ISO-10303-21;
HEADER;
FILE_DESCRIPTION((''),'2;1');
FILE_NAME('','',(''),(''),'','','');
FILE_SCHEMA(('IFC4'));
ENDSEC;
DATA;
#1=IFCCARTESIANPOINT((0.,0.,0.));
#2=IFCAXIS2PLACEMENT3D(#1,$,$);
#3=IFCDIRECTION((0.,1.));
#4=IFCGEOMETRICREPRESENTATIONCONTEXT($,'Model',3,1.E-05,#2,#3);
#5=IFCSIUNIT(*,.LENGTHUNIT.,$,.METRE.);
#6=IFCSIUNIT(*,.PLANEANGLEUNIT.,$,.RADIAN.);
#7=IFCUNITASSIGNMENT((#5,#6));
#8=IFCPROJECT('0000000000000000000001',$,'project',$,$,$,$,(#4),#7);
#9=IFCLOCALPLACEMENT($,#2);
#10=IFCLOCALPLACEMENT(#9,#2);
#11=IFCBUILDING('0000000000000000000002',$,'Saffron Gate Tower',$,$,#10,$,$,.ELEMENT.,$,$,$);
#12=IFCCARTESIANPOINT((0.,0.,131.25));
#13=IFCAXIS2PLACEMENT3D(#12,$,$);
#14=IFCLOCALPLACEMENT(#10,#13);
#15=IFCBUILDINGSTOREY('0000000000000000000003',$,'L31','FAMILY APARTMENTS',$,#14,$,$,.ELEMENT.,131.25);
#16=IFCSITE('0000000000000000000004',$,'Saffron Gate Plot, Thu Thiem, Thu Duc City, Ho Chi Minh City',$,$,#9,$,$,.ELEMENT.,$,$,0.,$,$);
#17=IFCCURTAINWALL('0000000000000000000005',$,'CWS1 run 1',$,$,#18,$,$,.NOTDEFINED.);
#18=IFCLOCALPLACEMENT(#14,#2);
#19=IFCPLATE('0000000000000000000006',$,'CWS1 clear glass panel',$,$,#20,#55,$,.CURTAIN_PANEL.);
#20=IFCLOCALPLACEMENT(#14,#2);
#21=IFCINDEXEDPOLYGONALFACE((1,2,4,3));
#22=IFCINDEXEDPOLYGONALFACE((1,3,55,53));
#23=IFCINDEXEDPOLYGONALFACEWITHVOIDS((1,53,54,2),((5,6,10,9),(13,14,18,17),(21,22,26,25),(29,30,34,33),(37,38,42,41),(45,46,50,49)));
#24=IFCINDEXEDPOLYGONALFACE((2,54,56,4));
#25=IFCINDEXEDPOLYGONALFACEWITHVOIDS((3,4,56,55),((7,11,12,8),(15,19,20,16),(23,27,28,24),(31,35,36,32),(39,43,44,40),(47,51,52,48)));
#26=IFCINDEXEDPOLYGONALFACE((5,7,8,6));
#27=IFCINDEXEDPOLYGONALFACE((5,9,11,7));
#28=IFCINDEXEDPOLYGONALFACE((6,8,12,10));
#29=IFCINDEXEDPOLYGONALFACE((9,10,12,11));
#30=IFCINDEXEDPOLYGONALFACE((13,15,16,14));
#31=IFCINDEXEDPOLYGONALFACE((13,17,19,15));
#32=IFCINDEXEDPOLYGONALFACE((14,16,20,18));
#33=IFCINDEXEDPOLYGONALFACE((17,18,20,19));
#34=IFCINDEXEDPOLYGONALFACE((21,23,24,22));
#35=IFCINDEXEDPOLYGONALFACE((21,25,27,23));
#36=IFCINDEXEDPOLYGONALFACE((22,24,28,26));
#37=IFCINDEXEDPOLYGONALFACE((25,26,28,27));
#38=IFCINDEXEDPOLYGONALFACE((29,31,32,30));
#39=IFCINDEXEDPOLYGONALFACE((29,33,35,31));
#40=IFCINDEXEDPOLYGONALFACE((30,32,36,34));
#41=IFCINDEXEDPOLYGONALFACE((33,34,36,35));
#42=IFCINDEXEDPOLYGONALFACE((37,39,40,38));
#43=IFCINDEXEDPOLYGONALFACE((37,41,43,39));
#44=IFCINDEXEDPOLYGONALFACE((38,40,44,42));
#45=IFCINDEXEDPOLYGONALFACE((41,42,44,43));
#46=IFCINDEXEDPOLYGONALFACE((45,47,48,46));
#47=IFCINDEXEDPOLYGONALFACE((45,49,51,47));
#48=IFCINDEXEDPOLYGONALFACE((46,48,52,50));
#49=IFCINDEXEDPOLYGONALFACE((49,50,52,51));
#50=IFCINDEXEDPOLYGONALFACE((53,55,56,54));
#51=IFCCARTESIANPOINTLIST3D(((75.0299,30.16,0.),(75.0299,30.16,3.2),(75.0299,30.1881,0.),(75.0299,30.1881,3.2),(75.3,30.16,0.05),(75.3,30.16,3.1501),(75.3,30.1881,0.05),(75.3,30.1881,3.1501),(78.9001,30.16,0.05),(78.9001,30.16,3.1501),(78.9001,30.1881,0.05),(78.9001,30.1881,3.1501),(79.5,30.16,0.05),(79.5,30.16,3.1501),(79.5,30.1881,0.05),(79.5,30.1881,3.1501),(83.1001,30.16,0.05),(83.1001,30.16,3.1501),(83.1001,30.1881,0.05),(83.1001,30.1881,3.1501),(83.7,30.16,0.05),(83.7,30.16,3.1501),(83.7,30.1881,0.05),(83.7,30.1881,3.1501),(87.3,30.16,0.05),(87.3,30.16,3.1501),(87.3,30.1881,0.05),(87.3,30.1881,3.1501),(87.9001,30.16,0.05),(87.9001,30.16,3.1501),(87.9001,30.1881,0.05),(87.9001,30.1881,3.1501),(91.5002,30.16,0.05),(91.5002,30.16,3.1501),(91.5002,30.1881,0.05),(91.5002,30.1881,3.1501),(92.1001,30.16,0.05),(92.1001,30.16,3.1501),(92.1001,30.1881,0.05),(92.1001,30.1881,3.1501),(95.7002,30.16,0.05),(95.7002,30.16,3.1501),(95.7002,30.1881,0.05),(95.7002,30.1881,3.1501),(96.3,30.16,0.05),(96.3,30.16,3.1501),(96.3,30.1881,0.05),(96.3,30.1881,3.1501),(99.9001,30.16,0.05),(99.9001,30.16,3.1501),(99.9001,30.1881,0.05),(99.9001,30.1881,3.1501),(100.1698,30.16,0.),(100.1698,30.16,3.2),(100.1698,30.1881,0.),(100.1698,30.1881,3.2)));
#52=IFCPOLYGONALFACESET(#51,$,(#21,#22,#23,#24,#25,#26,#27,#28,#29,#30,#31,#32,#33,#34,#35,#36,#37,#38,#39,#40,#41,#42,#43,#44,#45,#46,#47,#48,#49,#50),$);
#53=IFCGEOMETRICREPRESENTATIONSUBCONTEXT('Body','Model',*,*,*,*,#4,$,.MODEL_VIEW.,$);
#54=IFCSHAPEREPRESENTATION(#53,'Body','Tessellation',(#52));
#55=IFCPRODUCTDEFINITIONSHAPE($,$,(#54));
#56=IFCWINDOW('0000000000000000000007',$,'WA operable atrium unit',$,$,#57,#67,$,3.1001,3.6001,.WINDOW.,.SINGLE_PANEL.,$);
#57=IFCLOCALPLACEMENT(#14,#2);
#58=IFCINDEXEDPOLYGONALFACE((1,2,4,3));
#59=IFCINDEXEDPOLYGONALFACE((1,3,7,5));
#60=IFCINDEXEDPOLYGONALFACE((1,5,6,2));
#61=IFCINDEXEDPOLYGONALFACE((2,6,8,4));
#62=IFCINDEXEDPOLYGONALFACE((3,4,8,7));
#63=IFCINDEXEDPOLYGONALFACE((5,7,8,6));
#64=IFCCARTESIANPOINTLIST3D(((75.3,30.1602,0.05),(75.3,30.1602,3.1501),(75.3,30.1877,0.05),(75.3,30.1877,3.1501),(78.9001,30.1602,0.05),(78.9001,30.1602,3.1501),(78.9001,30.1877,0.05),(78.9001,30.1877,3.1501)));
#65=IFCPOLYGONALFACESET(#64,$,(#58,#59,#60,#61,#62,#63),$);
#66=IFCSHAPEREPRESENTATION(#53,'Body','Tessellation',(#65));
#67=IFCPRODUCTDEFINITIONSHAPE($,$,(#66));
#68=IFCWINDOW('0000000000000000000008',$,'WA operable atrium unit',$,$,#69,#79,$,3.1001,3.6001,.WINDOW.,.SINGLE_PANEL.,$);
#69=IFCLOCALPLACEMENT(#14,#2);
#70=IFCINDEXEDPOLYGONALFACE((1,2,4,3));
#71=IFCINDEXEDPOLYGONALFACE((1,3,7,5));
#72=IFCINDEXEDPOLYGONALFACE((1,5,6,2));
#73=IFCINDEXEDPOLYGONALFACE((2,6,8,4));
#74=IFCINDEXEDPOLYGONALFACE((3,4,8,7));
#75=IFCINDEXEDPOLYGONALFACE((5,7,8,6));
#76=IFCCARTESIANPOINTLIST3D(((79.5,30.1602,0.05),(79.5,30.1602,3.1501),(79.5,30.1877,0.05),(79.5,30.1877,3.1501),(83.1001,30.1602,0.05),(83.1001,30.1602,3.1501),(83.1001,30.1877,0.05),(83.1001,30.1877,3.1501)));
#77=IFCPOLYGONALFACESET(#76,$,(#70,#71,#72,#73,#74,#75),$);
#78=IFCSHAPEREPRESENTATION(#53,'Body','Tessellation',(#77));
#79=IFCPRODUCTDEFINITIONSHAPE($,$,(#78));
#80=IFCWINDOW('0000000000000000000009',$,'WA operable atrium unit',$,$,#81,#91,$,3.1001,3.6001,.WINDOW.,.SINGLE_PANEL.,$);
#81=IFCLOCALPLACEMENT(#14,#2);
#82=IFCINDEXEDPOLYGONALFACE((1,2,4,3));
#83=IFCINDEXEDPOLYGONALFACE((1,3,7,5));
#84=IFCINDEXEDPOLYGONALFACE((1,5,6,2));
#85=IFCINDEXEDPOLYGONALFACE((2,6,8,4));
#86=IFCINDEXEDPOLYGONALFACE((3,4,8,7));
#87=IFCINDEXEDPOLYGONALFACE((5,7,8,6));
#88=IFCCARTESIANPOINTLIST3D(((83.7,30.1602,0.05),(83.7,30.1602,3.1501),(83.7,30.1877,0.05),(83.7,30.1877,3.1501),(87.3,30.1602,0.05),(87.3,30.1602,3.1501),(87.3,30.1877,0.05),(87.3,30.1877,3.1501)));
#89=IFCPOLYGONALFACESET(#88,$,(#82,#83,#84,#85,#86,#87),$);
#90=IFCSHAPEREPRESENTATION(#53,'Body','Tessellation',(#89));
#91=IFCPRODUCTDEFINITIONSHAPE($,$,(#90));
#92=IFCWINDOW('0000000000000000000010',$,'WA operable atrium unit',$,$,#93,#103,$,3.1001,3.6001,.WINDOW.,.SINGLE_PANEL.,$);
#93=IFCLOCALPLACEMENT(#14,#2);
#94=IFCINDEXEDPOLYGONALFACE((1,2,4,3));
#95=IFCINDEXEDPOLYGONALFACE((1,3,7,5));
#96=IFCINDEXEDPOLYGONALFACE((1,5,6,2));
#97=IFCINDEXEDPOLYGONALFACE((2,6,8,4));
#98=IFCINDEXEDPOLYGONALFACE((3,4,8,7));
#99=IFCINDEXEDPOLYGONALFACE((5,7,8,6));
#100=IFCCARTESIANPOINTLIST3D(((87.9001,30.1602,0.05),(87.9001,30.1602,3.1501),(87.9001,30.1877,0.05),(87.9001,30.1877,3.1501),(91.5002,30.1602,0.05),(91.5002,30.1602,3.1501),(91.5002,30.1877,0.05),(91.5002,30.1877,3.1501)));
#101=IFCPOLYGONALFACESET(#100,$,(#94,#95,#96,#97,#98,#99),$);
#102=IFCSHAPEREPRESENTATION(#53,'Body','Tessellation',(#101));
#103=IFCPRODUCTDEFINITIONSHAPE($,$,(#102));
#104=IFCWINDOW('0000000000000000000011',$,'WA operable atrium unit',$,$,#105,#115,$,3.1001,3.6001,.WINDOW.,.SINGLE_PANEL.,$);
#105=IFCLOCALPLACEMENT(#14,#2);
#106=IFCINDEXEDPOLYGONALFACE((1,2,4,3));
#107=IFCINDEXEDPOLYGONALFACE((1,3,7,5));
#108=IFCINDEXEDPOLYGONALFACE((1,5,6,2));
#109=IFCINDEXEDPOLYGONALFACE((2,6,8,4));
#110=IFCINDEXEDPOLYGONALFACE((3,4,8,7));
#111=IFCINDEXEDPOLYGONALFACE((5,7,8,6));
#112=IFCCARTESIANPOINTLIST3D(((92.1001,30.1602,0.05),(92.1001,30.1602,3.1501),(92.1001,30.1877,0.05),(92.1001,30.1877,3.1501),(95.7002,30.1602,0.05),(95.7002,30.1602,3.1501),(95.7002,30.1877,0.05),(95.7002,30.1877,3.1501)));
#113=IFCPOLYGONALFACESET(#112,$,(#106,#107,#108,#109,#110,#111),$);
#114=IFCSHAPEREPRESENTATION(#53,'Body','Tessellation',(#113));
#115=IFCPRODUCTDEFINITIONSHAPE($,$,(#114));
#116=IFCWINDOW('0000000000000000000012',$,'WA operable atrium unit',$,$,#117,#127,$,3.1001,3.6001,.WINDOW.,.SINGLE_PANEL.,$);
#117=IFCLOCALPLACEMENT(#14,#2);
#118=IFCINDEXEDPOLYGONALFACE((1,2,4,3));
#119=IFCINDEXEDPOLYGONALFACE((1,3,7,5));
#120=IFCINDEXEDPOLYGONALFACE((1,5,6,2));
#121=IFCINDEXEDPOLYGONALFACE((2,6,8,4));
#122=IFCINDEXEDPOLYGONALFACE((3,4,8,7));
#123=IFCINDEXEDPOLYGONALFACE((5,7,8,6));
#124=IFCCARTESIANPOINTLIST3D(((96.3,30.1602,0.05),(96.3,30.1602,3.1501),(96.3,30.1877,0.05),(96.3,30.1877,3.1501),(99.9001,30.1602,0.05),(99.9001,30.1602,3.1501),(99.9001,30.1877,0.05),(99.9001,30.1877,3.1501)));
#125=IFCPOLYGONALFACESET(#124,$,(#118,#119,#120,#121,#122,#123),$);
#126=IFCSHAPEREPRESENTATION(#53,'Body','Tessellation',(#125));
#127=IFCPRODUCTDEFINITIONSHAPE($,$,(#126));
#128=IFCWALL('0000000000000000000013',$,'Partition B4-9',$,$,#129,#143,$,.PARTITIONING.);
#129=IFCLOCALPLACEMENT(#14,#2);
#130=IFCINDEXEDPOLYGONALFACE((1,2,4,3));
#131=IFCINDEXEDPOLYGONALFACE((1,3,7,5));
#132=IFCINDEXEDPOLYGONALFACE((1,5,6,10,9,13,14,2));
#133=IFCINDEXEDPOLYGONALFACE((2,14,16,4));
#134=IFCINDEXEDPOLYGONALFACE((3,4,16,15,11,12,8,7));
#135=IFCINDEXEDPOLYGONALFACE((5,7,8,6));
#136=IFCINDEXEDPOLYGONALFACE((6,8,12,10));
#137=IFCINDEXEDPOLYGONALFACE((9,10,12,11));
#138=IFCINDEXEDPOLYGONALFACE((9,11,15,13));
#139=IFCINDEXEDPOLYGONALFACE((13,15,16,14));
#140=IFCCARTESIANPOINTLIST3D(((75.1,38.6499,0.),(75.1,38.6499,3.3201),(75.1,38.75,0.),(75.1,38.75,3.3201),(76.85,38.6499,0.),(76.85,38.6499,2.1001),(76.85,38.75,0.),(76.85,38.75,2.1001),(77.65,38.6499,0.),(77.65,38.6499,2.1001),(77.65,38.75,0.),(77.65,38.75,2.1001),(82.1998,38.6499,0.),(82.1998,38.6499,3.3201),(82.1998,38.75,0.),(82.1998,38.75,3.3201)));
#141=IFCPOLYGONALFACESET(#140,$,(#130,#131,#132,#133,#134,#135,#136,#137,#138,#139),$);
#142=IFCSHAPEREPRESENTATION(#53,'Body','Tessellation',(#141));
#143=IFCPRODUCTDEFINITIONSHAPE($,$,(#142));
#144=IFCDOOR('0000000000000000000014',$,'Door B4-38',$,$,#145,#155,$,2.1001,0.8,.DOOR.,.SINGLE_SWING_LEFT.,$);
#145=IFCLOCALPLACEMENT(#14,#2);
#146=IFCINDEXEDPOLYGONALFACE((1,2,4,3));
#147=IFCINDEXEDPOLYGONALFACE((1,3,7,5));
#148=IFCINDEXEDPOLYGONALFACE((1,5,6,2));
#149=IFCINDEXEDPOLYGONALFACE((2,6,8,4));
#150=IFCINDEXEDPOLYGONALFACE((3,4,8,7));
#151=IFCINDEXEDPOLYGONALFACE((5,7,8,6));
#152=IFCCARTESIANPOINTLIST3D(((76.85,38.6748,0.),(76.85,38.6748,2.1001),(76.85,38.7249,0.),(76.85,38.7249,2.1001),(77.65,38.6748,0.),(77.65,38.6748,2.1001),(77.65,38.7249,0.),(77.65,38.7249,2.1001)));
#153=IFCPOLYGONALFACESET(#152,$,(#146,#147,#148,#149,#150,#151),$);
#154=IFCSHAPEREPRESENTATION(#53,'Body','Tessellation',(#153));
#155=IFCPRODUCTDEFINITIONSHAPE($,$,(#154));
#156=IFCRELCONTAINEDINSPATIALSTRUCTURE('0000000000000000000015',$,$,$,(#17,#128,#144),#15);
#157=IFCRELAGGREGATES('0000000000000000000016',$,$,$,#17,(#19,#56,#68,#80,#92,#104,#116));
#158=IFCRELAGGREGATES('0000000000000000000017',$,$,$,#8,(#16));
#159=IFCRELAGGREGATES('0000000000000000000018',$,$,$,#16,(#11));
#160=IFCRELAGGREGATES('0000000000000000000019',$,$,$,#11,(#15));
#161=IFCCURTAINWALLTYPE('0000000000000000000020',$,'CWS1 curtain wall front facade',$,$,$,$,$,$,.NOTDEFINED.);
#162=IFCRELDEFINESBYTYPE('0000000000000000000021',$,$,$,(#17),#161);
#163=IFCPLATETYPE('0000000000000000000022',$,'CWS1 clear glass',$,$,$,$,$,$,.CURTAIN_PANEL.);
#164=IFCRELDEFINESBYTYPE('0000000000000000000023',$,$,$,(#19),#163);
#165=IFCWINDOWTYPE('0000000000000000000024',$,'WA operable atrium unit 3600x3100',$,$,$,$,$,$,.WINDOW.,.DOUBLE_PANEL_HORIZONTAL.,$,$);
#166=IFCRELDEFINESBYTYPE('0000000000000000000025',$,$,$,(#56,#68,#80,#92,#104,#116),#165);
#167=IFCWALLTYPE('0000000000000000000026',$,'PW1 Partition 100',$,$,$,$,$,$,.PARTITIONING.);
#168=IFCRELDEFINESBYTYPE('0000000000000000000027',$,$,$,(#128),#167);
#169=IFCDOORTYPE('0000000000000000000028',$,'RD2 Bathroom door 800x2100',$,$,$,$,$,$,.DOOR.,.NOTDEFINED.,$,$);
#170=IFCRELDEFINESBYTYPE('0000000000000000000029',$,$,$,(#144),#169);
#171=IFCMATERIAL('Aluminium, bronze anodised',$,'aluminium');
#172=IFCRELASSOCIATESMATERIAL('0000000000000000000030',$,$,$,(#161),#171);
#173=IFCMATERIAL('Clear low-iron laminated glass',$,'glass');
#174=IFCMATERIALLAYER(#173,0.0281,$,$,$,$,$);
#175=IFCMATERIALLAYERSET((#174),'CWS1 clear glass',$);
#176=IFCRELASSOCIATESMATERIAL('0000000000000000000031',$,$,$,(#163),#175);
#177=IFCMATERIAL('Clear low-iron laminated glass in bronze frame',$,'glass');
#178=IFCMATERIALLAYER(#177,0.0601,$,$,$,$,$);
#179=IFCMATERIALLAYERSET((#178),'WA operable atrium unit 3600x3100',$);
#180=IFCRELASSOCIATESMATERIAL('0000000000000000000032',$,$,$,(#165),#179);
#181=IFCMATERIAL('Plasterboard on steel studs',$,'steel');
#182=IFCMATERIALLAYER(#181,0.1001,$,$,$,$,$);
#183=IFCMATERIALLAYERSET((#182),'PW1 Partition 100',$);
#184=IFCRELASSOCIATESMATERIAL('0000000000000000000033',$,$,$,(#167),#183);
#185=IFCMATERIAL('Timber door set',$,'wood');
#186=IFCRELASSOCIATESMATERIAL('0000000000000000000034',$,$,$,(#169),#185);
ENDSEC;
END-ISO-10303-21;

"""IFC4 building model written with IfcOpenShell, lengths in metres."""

from ifc_helpers import new_model, si_unit, direction, frame, frame_2d, origin, place, context, subcontext, project, spatial, rectangle, extrude, material, layer, layer_set, type_object, element, fill, aggregate, save


model = new_model("IFC4")

# Units and contexts
model_context = context("Model", 3, precision=1e-05, world=origin(), true_north=direction((0.0, 1.0)))
body_context = subcontext(model_context, "Body", "Model", "MODEL_VIEW")
ifc_project = project(units=[si_unit("LENGTHUNIT", "METRE"), si_unit("PLANEANGLEUNIT", "RADIAN")], contexts=[model_context])

# Site, building, storey
site_placement = place(None, origin())
site = spatial("IfcSite", under=ifc_project, at=site_placement, Name="Saffron Gate Plot, Thu Thiem, Thu Duc City, Ho Chi Minh City", CompositionType="ELEMENT", RefElevation=0.0)
building_placement = place(site_placement, origin())
building = spatial("IfcBuilding", under=site, at=building_placement, Name="Saffron Gate Tower", CompositionType="ELEMENT")
storey_placement = place(building_placement, frame((0.0, 0.0, 131.25)))
storey = spatial("IfcBuildingStorey", under=building, at=storey_placement, Name="L31", Description="FAMILY APARTMENTS", CompositionType="ELEMENT", Elevation=131.25)

# Curtain wall, plate, openings, windows
ifc_material_1 = material(Name="Aluminium, bronze anodised", Category="aluminium")
curtain_wall_type = type_object("IfcCurtainWallType", Name="CWS1 curtain wall front facade", PredefinedType="NOTDEFINED", material=ifc_material_1)
curtain_wall_placement = place(storey_placement, origin())
curtain_wall = element("IfcCurtainWall", 1, at=curtain_wall_placement, inside=storey, type_object=curtain_wall_type, Name="CWS1 run 1", PredefinedType="NOTDEFINED")
ifc_material_2 = material(Name="Clear low-iron laminated glass", Category="glass")
ifc_layer_1 = layer(ifc_material_2, 0.0281)
ifc_layer_set_1 = layer_set([ifc_layer_1], Name="CWS1 clear glass")
plate_type = type_object("IfcPlateType", Name="CWS1 clear glass", PredefinedType="CURTAIN_PANEL", material=ifc_layer_set_1)
plate_placement = place(storey_placement, frame((75.03, 30.1741, 0.0), z_axis=(0.0, 0.0, 1.0), x_axis=(1.0, 0.0, 0.0)))
plate = element("IfcPlate", 2, at=plate_placement, type_object=plate_type, Name="CWS1 clear glass panel", PredefinedType="CURTAIN_PANEL", context=body_context, shape_type="SweptSolid", body=[
    extrude(rectangle(XDim=25.1399, YDim=0.0281, at=frame_2d((12.5698, 0.0))), origin(), (0.0, 0.0, 1.0), 3.2),
])
opening_1_placement = place(plate_placement, frame((0.27, 0.0, 0.05)))
opening_1 = element("IfcOpeningElement", 3, at=opening_1_placement, cuts=plate, PredefinedType="OPENING", context=body_context, shape_type="SweptSolid", body=[
    extrude(rectangle(XDim=3.6001, YDim=3.1001, at=frame_2d((1.8, 1.55))), frame((0.0, 0.0239, 0.0), z_axis=(0.0, -1.0, 0.0), x_axis=(1.0, 0.0, 0.0)), (0.0, 0.0, 1.0), 0.0481),
])
opening_2_placement = place(plate_placement, frame((4.47, 0.0, 0.05)))
opening_2 = element("IfcOpeningElement", 4, at=opening_2_placement, cuts=plate, PredefinedType="OPENING", context=body_context, shape_type="SweptSolid", body=[
    extrude(rectangle(XDim=3.6001, YDim=3.1001, at=frame_2d((1.8, 1.55))), frame((0.0, 0.0239, 0.0), z_axis=(0.0, -1.0, 0.0), x_axis=(1.0, 0.0, 0.0)), (0.0, 0.0, 1.0), 0.0481),
])
opening_3_placement = place(plate_placement, frame((8.6699, 0.0, 0.05)))
opening_3 = element("IfcOpeningElement", 5, at=opening_3_placement, cuts=plate, PredefinedType="OPENING", context=body_context, shape_type="SweptSolid", body=[
    extrude(rectangle(XDim=3.6001, YDim=3.1001, at=frame_2d((1.8, 1.55))), frame((0.0, 0.0239, 0.0), z_axis=(0.0, -1.0, 0.0), x_axis=(1.0, 0.0, 0.0)), (0.0, 0.0, 1.0), 0.0481),
])
opening_4_placement = place(plate_placement, frame((12.8701, 0.0, 0.05)))
opening_4 = element("IfcOpeningElement", 6, at=opening_4_placement, cuts=plate, PredefinedType="OPENING", context=body_context, shape_type="SweptSolid", body=[
    extrude(rectangle(XDim=3.6001, YDim=3.1001, at=frame_2d((1.8, 1.55))), frame((0.0, 0.0239, 0.0), z_axis=(0.0, -1.0, 0.0), x_axis=(1.0, 0.0, 0.0)), (0.0, 0.0, 1.0), 0.0481),
])
opening_5_placement = place(plate_placement, frame((17.0701, 0.0, 0.05)))
opening_5 = element("IfcOpeningElement", 7, at=opening_5_placement, cuts=plate, PredefinedType="OPENING", context=body_context, shape_type="SweptSolid", body=[
    extrude(rectangle(XDim=3.6001, YDim=3.1001, at=frame_2d((1.8, 1.55))), frame((0.0, 0.0239, 0.0), z_axis=(0.0, -1.0, 0.0), x_axis=(1.0, 0.0, 0.0)), (0.0, 0.0, 1.0), 0.0481),
])
opening_6_placement = place(plate_placement, frame((21.27, 0.0, 0.05)))
opening_6 = element("IfcOpeningElement", 8, at=opening_6_placement, cuts=plate, PredefinedType="OPENING", context=body_context, shape_type="SweptSolid", body=[
    extrude(rectangle(XDim=3.6001, YDim=3.1001, at=frame_2d((1.8, 1.55))), frame((0.0, 0.0239, 0.0), z_axis=(0.0, -1.0, 0.0), x_axis=(1.0, 0.0, 0.0)), (0.0, 0.0, 1.0), 0.0481),
])
ifc_material_3 = material(Name="Clear low-iron laminated glass in bronze frame", Category="glass")
ifc_layer_2 = layer(ifc_material_3, 0.0601)
ifc_layer_set_2 = layer_set([ifc_layer_2], Name="WA operable atrium unit 3600x3100")
window_type = type_object("IfcWindowType", Name="WA operable atrium unit 3600x3100", PartitioningType="DOUBLE_PANEL_HORIZONTAL", PredefinedType="WINDOW", material=ifc_layer_set_2)
window_1_placement = place(opening_1_placement, origin())
window_1 = element("IfcWindow", 9, at=window_1_placement, type_object=window_type, Name="WA operable atrium unit", OverallHeight=3.1001, OverallWidth=3.6001, PartitioningType="SINGLE_PANEL", PredefinedType="WINDOW", context=body_context, shape_type="SweptSolid", body=[
    extrude(rectangle(XDim=3.6001, YDim=3.1001, at=frame_2d((1.8, 1.55))), frame((0.0, 0.0137, 0.0), z_axis=(0.0, -1.0, 0.0), x_axis=(1.0, 0.0, 0.0)), (0.0, 0.0, 1.0), 0.0276),
])
fill(opening_1, window_1)
window_2_placement = place(opening_2_placement, origin())
window_2 = element("IfcWindow", 10, at=window_2_placement, type_object=window_type, Name="WA operable atrium unit", OverallHeight=3.1001, OverallWidth=3.6001, PartitioningType="SINGLE_PANEL", PredefinedType="WINDOW", context=body_context, shape_type="SweptSolid", body=[
    extrude(rectangle(XDim=3.6001, YDim=3.1001, at=frame_2d((1.8, 1.55))), frame((0.0, 0.0137, 0.0), z_axis=(0.0, -1.0, 0.0), x_axis=(1.0, 0.0, 0.0)), (0.0, 0.0, 1.0), 0.0276),
])
fill(opening_2, window_2)
window_3_placement = place(opening_3_placement, origin())
window_3 = element("IfcWindow", 11, at=window_3_placement, type_object=window_type, Name="WA operable atrium unit", OverallHeight=3.1001, OverallWidth=3.6001, PartitioningType="SINGLE_PANEL", PredefinedType="WINDOW", context=body_context, shape_type="SweptSolid", body=[
    extrude(rectangle(XDim=3.6001, YDim=3.1001, at=frame_2d((1.8, 1.55))), frame((0.0, 0.0137, 0.0), z_axis=(0.0, -1.0, 0.0), x_axis=(1.0, 0.0, 0.0)), (0.0, 0.0, 1.0), 0.0276),
])
fill(opening_3, window_3)
window_4_placement = place(opening_4_placement, origin())
window_4 = element("IfcWindow", 12, at=window_4_placement, type_object=window_type, Name="WA operable atrium unit", OverallHeight=3.1001, OverallWidth=3.6001, PartitioningType="SINGLE_PANEL", PredefinedType="WINDOW", context=body_context, shape_type="SweptSolid", body=[
    extrude(rectangle(XDim=3.6001, YDim=3.1001, at=frame_2d((1.8, 1.55))), frame((0.0, 0.0137, 0.0), z_axis=(0.0, -1.0, 0.0), x_axis=(1.0, 0.0, 0.0)), (0.0, 0.0, 1.0), 0.0276),
])
fill(opening_4, window_4)
window_5_placement = place(opening_5_placement, origin())
window_5 = element("IfcWindow", 13, at=window_5_placement, type_object=window_type, Name="WA operable atrium unit", OverallHeight=3.1001, OverallWidth=3.6001, PartitioningType="SINGLE_PANEL", PredefinedType="WINDOW", context=body_context, shape_type="SweptSolid", body=[
    extrude(rectangle(XDim=3.6001, YDim=3.1001, at=frame_2d((1.8, 1.55))), frame((0.0, 0.0137, 0.0), z_axis=(0.0, -1.0, 0.0), x_axis=(1.0, 0.0, 0.0)), (0.0, 0.0, 1.0), 0.0276),
])
fill(opening_5, window_5)
window_6_placement = place(opening_6_placement, origin())
window_6 = element("IfcWindow", 14, at=window_6_placement, type_object=window_type, Name="WA operable atrium unit", OverallHeight=3.1001, OverallWidth=3.6001, PartitioningType="SINGLE_PANEL", PredefinedType="WINDOW", context=body_context, shape_type="SweptSolid", body=[
    extrude(rectangle(XDim=3.6001, YDim=3.1001, at=frame_2d((1.8, 1.55))), frame((0.0, 0.0137, 0.0), z_axis=(0.0, -1.0, 0.0), x_axis=(1.0, 0.0, 0.0)), (0.0, 0.0, 1.0), 0.0276),
])
fill(opening_6, window_6)
aggregate(curtain_wall, [plate, window_1, window_2, window_3, window_4, window_5, window_6])

# Wall, opening, door
ifc_material_4 = material(Name="Plasterboard on steel studs", Category="steel")
ifc_layer_3 = layer(ifc_material_4, 0.1001)
ifc_layer_set_3 = layer_set([ifc_layer_3], Name="PW1 Partition 100")
wall_type_1 = type_object("IfcWallType", Name="PW1 Partition 100", PredefinedType="PARTITIONING", material=ifc_layer_set_3)
wall_1_placement = place(storey_placement, frame((75.1001, 38.7, 0.0), z_axis=(0.0, 0.0, 1.0), x_axis=(1.0, 0.0, 0.0)))
wall_1 = element("IfcWall", 15, at=wall_1_placement, inside=storey, type_object=wall_type_1, Name="Partition B4-9", PredefinedType="PARTITIONING", context=body_context, shape_type="SweptSolid", body=[
    extrude(rectangle(XDim=7.0999, YDim=0.1001, at=frame_2d((3.5498, 0.0))), origin(), (0.0, 0.0, 1.0), 3.3201),
])
opening_7_placement = place(wall_1_placement, frame((1.75, 0.0, 0.0)))
opening_7 = element("IfcOpeningElement", 16, at=opening_7_placement, cuts=wall_1, PredefinedType="OPENING", context=body_context, shape_type="SweptSolid", body=[
    extrude(rectangle(XDim=0.8, YDim=2.1001, at=frame_2d((0.3999, 1.05))), frame((0.0, 0.0601, 0.0), z_axis=(0.0, -1.0, 0.0), x_axis=(1.0, 0.0, 0.0)), (0.0, 0.0, 1.0), 0.1201),
])
ifc_material_5 = material(Name="Timber door set", Category="wood")
door_type = type_object("IfcDoorType", Name="RD2 Bathroom door 800x2100", OperationType="NOTDEFINED", PredefinedType="DOOR", material=ifc_material_5)
door_placement = place(opening_7_placement, origin())
door = element("IfcDoor", 17, at=door_placement, inside=storey, type_object=door_type, Name="Door B4-38", OperationType="SINGLE_SWING_LEFT", OverallHeight=2.1001, OverallWidth=0.8, PredefinedType="DOOR", context=body_context, shape_type="SweptSolid", body=[
    extrude(rectangle(XDim=0.8, YDim=2.1001, at=frame_2d((0.3999, 1.05))), frame((0.0, 0.0249, 0.0), z_axis=(0.0, -1.0, 0.0), x_axis=(1.0, 0.0, 0.0)), (0.0, 0.0, 1.0), 0.05),
])
fill(opening_7, door)

save(model, "model.ifc")
